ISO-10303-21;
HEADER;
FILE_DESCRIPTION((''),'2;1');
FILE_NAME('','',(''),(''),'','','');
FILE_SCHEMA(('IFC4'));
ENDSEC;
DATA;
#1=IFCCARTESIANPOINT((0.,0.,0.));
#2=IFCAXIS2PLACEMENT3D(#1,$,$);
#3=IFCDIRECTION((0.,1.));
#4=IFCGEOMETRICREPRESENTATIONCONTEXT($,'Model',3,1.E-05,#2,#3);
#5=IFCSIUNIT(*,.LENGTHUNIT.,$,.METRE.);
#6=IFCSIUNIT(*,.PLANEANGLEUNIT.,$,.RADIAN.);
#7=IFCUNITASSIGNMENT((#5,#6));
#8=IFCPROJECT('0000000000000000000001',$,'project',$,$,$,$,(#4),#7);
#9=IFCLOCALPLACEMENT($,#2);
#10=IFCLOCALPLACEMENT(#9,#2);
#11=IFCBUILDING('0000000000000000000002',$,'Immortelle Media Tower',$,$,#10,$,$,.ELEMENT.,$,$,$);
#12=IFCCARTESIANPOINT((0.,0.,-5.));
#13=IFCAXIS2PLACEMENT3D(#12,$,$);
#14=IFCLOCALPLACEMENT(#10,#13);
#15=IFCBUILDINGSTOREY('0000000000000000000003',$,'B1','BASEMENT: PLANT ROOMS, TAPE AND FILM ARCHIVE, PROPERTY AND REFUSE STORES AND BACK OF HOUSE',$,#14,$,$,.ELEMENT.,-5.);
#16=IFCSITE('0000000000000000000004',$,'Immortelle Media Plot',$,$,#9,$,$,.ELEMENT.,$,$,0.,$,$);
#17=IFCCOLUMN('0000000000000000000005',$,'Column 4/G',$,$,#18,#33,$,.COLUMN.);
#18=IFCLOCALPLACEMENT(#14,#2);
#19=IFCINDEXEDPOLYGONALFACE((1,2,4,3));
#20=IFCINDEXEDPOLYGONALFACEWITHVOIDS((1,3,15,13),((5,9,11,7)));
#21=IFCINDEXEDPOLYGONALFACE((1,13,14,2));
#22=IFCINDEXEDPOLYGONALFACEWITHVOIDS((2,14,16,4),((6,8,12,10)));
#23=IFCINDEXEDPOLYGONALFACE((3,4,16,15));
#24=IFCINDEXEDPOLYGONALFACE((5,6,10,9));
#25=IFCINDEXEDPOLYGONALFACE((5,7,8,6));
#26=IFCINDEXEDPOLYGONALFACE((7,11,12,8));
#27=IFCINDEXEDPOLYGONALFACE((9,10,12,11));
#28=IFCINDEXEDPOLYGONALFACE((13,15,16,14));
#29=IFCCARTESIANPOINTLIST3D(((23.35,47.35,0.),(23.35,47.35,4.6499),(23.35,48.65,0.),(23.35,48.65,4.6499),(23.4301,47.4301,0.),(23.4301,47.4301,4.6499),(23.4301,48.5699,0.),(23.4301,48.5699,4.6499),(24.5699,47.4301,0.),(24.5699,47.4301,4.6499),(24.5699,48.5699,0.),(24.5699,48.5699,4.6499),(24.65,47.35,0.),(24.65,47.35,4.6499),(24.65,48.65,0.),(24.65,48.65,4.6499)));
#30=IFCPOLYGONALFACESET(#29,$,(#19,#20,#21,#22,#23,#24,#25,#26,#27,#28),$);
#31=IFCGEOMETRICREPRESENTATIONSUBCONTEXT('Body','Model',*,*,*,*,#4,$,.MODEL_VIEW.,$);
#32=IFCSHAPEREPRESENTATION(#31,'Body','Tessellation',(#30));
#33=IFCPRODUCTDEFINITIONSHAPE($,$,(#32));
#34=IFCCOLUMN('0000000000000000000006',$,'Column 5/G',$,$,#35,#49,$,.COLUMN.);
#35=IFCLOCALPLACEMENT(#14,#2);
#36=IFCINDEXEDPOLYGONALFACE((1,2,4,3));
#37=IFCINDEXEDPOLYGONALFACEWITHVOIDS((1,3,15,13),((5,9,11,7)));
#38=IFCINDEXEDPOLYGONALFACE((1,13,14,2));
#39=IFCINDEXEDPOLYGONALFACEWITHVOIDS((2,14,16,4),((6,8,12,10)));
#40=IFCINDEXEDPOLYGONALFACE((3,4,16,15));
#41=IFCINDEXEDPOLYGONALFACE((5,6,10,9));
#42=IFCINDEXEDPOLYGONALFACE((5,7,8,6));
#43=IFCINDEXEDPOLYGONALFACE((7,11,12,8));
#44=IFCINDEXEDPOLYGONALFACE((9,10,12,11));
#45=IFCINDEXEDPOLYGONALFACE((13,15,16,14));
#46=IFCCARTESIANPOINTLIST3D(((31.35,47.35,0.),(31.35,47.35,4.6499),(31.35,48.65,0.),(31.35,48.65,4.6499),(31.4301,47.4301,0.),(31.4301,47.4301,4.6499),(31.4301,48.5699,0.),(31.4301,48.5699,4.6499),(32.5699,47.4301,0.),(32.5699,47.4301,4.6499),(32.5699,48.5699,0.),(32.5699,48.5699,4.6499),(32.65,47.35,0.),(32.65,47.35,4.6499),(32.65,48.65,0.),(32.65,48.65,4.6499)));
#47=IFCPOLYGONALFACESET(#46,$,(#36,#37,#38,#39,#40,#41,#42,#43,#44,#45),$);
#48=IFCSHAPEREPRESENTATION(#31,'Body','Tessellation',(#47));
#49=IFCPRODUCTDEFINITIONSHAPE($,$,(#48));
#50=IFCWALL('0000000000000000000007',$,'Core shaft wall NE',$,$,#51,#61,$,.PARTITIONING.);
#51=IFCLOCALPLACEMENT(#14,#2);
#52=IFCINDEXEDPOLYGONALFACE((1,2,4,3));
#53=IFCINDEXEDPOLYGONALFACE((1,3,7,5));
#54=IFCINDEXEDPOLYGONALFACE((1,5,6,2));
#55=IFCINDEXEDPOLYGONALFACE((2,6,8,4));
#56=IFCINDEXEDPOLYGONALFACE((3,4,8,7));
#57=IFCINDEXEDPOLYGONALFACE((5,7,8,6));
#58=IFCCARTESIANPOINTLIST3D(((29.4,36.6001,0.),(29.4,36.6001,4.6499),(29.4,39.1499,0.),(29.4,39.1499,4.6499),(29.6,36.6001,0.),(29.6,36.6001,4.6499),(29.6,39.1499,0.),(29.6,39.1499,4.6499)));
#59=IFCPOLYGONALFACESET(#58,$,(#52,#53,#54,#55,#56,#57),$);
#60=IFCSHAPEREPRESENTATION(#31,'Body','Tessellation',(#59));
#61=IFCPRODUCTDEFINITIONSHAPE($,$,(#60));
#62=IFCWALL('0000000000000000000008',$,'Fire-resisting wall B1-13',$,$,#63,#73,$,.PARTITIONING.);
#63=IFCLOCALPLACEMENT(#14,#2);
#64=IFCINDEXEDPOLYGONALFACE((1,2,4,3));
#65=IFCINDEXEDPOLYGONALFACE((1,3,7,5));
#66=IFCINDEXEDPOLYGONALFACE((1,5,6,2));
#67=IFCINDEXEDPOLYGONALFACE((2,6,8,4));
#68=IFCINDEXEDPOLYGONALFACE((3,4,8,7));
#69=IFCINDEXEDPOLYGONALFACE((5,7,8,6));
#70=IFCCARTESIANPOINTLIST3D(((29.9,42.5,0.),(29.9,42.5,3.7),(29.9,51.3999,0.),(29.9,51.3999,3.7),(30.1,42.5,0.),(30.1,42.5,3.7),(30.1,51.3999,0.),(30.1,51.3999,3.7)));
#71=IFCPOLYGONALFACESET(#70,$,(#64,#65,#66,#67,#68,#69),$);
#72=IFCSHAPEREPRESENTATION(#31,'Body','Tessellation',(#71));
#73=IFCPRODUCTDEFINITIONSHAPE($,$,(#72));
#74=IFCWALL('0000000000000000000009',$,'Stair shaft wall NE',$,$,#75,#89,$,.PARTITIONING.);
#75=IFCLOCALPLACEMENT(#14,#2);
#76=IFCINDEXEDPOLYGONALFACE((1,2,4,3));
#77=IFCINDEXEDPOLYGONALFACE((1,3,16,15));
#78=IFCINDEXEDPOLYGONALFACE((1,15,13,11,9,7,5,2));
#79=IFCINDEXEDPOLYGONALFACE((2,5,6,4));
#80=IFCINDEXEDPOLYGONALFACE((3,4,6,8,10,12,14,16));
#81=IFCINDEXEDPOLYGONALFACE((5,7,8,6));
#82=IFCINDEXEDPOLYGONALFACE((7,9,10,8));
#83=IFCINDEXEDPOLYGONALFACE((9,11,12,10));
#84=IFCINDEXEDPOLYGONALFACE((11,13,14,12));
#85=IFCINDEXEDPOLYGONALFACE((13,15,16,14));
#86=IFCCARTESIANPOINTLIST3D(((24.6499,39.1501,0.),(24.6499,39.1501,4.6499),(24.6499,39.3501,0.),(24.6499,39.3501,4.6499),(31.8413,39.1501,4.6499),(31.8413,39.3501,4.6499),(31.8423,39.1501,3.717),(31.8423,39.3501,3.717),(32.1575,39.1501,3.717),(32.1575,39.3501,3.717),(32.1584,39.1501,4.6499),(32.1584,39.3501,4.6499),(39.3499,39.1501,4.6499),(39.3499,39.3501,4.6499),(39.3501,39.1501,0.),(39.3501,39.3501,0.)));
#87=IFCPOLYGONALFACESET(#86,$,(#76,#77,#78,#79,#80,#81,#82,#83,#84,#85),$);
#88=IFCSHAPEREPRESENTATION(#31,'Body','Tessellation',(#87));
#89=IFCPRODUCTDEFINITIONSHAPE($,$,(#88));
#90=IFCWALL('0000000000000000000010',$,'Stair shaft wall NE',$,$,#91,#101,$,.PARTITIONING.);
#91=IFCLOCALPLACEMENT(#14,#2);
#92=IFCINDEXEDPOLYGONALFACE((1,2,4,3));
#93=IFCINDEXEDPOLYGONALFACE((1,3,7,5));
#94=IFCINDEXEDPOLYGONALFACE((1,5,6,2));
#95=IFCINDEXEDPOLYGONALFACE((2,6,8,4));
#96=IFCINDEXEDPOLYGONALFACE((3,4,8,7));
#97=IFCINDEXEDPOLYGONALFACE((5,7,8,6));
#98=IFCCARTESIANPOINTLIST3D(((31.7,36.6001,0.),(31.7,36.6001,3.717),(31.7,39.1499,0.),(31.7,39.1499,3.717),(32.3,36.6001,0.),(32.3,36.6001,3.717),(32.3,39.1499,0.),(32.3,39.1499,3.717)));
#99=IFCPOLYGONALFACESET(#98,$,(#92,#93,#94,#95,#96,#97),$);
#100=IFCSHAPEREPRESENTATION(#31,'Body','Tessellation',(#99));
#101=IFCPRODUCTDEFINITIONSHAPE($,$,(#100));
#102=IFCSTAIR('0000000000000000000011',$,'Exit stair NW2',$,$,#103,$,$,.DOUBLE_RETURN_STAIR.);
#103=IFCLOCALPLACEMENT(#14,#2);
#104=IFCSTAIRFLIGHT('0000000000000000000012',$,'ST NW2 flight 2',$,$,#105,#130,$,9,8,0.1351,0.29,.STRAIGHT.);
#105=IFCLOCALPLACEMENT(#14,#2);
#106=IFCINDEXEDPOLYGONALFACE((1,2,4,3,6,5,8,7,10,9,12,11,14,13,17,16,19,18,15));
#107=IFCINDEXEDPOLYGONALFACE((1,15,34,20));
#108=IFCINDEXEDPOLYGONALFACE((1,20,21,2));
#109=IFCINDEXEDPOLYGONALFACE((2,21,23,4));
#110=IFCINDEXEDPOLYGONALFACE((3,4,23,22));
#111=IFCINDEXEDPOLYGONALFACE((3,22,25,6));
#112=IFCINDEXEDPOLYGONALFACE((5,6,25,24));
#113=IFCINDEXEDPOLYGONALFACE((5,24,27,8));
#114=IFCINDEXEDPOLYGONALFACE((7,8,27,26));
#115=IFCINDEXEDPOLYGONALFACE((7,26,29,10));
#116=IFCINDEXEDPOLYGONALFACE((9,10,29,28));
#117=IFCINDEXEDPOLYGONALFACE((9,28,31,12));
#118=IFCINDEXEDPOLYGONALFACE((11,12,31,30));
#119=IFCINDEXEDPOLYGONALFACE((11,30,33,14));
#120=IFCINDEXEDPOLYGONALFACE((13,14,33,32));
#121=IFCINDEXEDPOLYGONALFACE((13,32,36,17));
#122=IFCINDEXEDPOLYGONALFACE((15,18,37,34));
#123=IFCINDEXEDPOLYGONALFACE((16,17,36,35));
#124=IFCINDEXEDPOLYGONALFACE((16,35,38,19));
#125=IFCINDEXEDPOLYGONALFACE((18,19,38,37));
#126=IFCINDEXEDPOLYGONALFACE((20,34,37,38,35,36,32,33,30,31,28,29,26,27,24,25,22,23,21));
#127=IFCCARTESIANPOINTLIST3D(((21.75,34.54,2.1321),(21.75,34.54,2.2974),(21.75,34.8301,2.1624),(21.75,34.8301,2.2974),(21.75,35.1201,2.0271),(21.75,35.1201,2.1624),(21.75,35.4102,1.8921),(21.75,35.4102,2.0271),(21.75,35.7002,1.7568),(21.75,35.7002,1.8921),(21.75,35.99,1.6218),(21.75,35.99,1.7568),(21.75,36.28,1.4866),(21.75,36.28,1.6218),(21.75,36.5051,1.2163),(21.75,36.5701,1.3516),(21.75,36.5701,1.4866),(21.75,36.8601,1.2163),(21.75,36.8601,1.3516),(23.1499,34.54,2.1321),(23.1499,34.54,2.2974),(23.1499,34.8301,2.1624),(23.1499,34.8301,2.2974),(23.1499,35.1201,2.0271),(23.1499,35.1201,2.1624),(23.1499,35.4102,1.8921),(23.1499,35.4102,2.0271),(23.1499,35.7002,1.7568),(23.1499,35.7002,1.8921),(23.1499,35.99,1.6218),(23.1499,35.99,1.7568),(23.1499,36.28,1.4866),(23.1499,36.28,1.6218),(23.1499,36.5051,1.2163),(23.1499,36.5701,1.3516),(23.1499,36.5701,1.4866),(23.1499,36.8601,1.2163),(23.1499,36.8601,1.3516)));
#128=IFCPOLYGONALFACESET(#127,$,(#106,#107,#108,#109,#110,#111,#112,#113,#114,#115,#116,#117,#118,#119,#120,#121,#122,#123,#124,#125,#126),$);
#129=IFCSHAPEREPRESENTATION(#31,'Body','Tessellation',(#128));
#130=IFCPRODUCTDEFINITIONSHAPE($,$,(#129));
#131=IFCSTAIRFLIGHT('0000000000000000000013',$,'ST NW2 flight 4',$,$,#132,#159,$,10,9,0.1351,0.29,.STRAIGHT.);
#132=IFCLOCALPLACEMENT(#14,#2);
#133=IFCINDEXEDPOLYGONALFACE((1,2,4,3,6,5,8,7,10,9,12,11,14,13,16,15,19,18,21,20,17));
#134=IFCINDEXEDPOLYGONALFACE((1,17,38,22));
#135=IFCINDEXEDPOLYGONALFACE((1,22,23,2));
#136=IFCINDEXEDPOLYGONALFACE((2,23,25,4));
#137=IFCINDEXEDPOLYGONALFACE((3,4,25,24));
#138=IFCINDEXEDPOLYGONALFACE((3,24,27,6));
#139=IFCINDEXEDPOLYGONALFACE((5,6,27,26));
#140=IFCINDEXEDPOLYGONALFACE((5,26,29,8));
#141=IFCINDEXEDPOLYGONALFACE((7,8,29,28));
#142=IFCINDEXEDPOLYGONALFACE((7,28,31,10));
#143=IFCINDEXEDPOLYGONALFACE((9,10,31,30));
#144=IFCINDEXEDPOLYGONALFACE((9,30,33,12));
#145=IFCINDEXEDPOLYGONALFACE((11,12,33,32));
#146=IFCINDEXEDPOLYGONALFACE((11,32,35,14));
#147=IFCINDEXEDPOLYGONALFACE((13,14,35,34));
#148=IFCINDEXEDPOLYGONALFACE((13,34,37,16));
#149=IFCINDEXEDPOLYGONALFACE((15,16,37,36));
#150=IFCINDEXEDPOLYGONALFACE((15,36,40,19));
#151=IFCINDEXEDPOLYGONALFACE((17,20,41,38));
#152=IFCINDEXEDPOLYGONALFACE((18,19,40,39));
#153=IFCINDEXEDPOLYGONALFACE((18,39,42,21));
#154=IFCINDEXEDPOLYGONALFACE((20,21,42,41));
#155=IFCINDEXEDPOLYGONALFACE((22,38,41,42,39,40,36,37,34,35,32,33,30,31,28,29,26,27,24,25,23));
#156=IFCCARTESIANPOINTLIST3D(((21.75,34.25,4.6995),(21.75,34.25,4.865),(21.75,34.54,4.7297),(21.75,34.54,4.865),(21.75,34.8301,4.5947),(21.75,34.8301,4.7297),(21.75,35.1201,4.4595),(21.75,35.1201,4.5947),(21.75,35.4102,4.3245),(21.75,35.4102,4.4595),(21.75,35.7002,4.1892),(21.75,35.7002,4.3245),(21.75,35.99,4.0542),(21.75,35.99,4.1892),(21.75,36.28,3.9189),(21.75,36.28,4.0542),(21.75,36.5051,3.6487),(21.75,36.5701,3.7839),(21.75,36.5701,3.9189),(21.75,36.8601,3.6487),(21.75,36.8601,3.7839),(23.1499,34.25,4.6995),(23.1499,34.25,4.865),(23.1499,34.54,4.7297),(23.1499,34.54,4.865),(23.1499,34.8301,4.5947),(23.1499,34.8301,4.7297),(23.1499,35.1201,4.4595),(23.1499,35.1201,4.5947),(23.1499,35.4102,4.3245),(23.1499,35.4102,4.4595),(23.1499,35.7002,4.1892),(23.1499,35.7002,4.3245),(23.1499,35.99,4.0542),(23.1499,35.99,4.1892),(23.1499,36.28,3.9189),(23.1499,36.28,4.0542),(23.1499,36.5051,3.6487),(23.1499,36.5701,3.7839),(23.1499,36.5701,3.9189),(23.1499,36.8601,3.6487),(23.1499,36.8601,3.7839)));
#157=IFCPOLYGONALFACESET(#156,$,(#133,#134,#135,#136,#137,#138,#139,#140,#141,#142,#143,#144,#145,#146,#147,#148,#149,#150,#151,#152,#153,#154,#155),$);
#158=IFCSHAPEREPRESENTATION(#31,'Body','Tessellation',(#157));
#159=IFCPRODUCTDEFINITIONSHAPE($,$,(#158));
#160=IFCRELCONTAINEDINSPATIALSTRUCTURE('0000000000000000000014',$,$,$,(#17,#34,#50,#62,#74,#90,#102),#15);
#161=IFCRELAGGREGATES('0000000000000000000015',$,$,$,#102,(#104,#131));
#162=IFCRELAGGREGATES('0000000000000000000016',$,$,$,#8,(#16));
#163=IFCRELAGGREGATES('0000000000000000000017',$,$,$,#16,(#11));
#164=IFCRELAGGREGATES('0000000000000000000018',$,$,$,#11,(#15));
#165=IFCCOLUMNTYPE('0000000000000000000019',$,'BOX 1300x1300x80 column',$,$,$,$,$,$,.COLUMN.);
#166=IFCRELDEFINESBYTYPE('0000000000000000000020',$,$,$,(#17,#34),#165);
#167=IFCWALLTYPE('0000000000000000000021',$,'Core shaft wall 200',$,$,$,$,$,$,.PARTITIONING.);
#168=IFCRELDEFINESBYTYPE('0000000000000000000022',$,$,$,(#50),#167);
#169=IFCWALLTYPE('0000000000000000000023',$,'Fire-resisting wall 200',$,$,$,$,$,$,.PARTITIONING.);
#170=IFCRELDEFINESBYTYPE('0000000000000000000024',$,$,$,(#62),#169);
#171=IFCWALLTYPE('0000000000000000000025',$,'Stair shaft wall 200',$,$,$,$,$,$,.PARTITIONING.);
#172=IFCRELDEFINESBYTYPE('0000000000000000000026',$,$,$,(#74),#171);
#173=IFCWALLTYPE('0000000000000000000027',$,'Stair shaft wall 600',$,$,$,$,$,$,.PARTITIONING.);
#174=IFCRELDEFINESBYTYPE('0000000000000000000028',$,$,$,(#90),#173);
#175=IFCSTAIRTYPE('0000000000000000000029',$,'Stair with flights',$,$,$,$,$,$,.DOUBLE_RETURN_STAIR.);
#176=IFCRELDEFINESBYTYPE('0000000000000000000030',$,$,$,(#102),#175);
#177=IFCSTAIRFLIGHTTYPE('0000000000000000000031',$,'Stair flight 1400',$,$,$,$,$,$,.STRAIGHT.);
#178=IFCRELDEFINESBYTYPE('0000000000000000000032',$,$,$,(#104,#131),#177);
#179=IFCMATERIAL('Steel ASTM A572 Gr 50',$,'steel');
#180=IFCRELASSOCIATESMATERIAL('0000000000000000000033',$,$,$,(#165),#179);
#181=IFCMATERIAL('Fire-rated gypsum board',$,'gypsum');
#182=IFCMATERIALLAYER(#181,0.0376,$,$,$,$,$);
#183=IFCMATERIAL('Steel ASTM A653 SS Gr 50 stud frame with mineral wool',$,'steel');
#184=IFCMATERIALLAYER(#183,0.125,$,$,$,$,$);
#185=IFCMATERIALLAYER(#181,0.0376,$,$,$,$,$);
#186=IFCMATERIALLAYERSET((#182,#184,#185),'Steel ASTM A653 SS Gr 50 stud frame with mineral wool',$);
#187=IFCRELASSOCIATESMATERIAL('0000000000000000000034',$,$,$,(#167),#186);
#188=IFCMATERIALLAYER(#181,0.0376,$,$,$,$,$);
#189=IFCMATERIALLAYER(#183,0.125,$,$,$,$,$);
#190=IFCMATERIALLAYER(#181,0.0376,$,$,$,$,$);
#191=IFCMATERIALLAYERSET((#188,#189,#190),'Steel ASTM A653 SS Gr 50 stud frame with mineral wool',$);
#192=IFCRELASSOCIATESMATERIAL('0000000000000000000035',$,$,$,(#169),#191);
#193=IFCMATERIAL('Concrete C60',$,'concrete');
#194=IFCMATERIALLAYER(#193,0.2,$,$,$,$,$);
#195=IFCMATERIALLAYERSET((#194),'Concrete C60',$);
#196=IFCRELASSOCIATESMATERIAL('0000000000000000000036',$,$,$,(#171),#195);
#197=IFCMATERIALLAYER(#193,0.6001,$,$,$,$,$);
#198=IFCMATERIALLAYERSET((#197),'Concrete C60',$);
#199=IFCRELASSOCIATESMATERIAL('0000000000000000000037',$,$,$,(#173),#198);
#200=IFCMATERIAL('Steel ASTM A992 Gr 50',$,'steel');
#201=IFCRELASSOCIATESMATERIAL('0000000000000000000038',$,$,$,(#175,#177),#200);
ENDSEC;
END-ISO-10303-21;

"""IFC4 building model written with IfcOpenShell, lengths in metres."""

from ifc_helpers import new_model, si_unit, direction, frame, frame_2d, origin, origin_2d, place, context, subcontext, project, spatial, polyline, rectangle, hollow_rectangle, outline, extrude, material, layer, layer_set, material_profile, profile_set, type_object, element, aggregate, save


model = new_model("IFC4")

# Units and contexts
model_context = context("Model", 3, precision=1e-05, world=origin(), true_north=direction((0.0, 1.0)))
body_context = subcontext(model_context, "Body", "Model", "MODEL_VIEW")
ifc_project = project(units=[si_unit("LENGTHUNIT", "METRE"), si_unit("PLANEANGLEUNIT", "RADIAN")], contexts=[model_context])

# Site, building, storey
site_placement = place(None, origin())
site = spatial("IfcSite", under=ifc_project, at=site_placement, Name="Immortelle Media Plot", CompositionType="ELEMENT", RefElevation=0.0)
building_placement = place(site_placement, origin())
building = spatial("IfcBuilding", under=site, at=building_placement, Name="Immortelle Media Tower", CompositionType="ELEMENT")
storey_placement = place(building_placement, frame((0.0, 0.0, -5.0)))
storey = spatial("IfcBuildingStorey", under=building, at=storey_placement, Name="B1", Description="BASEMENT: PLANT ROOMS, TAPE AND FILM ARCHIVE, PROPERTY AND REFUSE STORES AND BACK OF HOUSE", CompositionType="ELEMENT", Elevation=-5.0)

# Shared definitions
ifc_material_1 = material(Name="Concrete C60", Category="concrete")

# Columns
ifc_material_2 = material(Name="Steel ASTM A572 Gr 50", Category="steel")
ifc_material_profile_1 = material_profile(ifc_material_2, hollow_rectangle(XDim=1.3, YDim=1.3, WallThickness=0.0801, at=origin_2d()), Name="BOX 1300x1300x80 column")
ifc_profile_set_1 = profile_set([ifc_material_profile_1], Name="Steel ASTM A572 Gr 50")
column_type_1 = type_object("IfcColumnType", Name="BOX 1300x1300x80 column", PredefinedType="COLUMN", material=ifc_profile_set_1)
for number, where, z_axis, x_axis, name in (
    (1, (24.0, 48.0, 0.0), (0.0, 0.0, 1.0), (1.0, 0.0, 0.0), "Column 4/G"),
    (2, (32.0, 48.0, 0.0), (0.0, 0.0, 1.0), (1.0, 0.0, 0.0), "Column 5/G"),
):
    element("IfcColumn", number, at=place(storey_placement, frame(where, z_axis=z_axis, x_axis=x_axis)), inside=storey, type_object=column_type_1, Name=name, PredefinedType="COLUMN", context=body_context, shape_type="SweptSolid", body=[
        extrude(hollow_rectangle(XDim=1.3, YDim=1.3, WallThickness=0.0801, at=origin_2d()), origin(), (0.0, 0.0, 1.0), 4.6499),
    ])

# Walls
ifc_material_3 = material(Name="Fire-rated gypsum board", Category="gypsum")
ifc_layer_1 = layer(ifc_material_3, 0.0376)
ifc_material_4 = material(Name="Steel ASTM A653 SS Gr 50 stud frame with mineral wool", Category="steel")
ifc_layer_2 = layer(ifc_material_4, 0.125)
ifc_layer_3 = layer(ifc_material_3, 0.0376)
ifc_layer_set_1 = layer_set([ifc_layer_1, ifc_layer_2, ifc_layer_3], Name="Steel ASTM A653 SS Gr 50 stud frame with mineral wool")
wall_type_1 = type_object("IfcWallType", Name="Core shaft wall 200", PredefinedType="PARTITIONING", material=ifc_layer_set_1)
wall_1_placement = place(storey_placement, frame((29.5, 36.6001, 0.0), z_axis=(0.0, 0.0, 1.0), x_axis=(0.0, 1.0, 0.0)))
element("IfcWall", 3, at=wall_1_placement, inside=storey, type_object=wall_type_1, Name="Core shaft wall NE", PredefinedType="PARTITIONING", context=body_context, shape_type="SweptSolid", body=[
    extrude(rectangle(XDim=2.5498, YDim=0.2, at=frame_2d((1.2749, 0.0))), origin(), (0.0, 0.0, 1.0), 4.6499),
])
ifc_layer_4 = layer(ifc_material_3, 0.0376)
ifc_layer_5 = layer(ifc_material_4, 0.125)
ifc_layer_6 = layer(ifc_material_3, 0.0376)
ifc_layer_set_2 = layer_set([ifc_layer_4, ifc_layer_5, ifc_layer_6], Name="Steel ASTM A653 SS Gr 50 stud frame with mineral wool")
wall_type_2 = type_object("IfcWallType", Name="Fire-resisting wall 200", PredefinedType="PARTITIONING", material=ifc_layer_set_2)
wall_2_placement = place(storey_placement, frame((30.0, 42.5, 0.0), z_axis=(0.0, 0.0, 1.0), x_axis=(0.0, 1.0, 0.0)))
element("IfcWall", 4, at=wall_2_placement, inside=storey, type_object=wall_type_2, Name="Fire-resisting wall B1-13", PredefinedType="PARTITIONING", context=body_context, shape_type="SweptSolid", body=[
    extrude(rectangle(XDim=8.8999, YDim=0.2, at=frame_2d((4.45, 0.0))), origin(), (0.0, 0.0, 1.0), 3.7),
])
ifc_layer_7 = layer(ifc_material_1, 0.2)
ifc_layer_set_3 = layer_set([ifc_layer_7], Name="Concrete C60")
wall_type_3 = type_object("IfcWallType", Name="Stair shaft wall 200", PredefinedType="PARTITIONING", material=ifc_layer_set_3)
wall_3_placement = place(storey_placement, frame((24.6499, 39.25, 0.0), z_axis=(0.0, 0.0, 1.0), x_axis=(1.0, 0.0, 0.0)))
element("IfcWall", 5, at=wall_3_placement, inside=storey, type_object=wall_type_3, Name="Stair shaft wall NE", PredefinedType="PARTITIONING", context=body_context, shape_type="SweptSolid", body=[
    extrude(outline(polyline([(0.0, 0.0), (14.7002, 0.0), (14.7, 4.6499), (7.5085, 4.6499), (7.5076, 3.717), (7.1924, 3.717), (7.1914, 4.6499), (0.0, 4.6499), (0.0, 0.0)])), frame((0.0, 0.1001, 0.0), z_axis=(0.0, -1.0, 0.0), x_axis=(1.0, 0.0, 0.0)), (0.0, 0.0, 1.0), 0.2),
])
ifc_layer_8 = layer(ifc_material_1, 0.6001)
ifc_layer_set_4 = layer_set([ifc_layer_8], Name="Concrete C60")
wall_type_4 = type_object("IfcWallType", Name="Stair shaft wall 600", PredefinedType="PARTITIONING", material=ifc_layer_set_4)
wall_4_placement = place(storey_placement, frame((32.0, 36.6001, 0.0), z_axis=(0.0, 0.0, 1.0), x_axis=(0.0, 1.0, 0.0)))
element("IfcWall", 6, at=wall_4_placement, inside=storey, type_object=wall_type_4, Name="Stair shaft wall NE", PredefinedType="PARTITIONING", context=body_context, shape_type="SweptSolid", body=[
    extrude(rectangle(XDim=2.5498, YDim=0.6001, at=frame_2d((1.2749, 0.0))), origin(), (0.0, 0.0, 1.0), 3.717),
])

# Stair, stair flights
ifc_material_5 = material(Name="Steel ASTM A992 Gr 50", Category="steel")
stair_type = type_object("IfcStairType", Name="Stair with flights", PredefinedType="DOUBLE_RETURN_STAIR", material=ifc_material_5)
stair_placement = place(storey_placement, origin())
stair = element("IfcStair", 7, at=stair_placement, inside=storey, type_object=stair_type, Name="Exit stair NW2", PredefinedType="DOUBLE_RETURN_STAIR")
stair_flight_type = type_object("IfcStairFlightType", Name="Stair flight 1400", PredefinedType="STRAIGHT", material=ifc_material_5)
stair_flight_1_placement = place(storey_placement, frame((22.45, 36.8601, 1.2163), z_axis=(0.0, 0.0, 1.0), x_axis=(0.0, -1.0, 0.0)))
stair_flight_1 = element("IfcStairFlight", 8, at=stair_flight_1_placement, type_object=stair_flight_type, Name="ST NW2 flight 2", NumberOfRisers=9, NumberOfTreads=8, PredefinedType="STRAIGHT", RiserHeight=0.1351, TreadLength=0.29, context=body_context, shape_type="SweptSolid", body=[
    extrude(outline(polyline([(0.0, 0.0), (0.0, 0.1353), (0.29, 0.1353), (0.29, 0.2703), (0.5801, 0.2703), (0.5801, 0.4055), (0.8701, 0.4055), (0.8701, 0.5405), (1.1599, 0.5405), (1.1599, 0.6758), (1.45, 0.6758), (1.45, 0.8108), (1.74, 0.8108), (1.74, 0.946), (2.03, 0.946), (2.03, 1.0811), (2.3201, 1.0811), (2.3201, 1.2163), (2.3201, 0.9158), (0.355, 0.0), (0.0, 0.0)])), frame((0.0, 0.7, 0.0), z_axis=(0.0, -1.0, 0.0), x_axis=(1.0, 0.0, 0.0)), (0.0, 0.0, 1.0), 1.3999),
])
stair_flight_2_placement = place(storey_placement, frame((22.45, 36.8601, 3.6487), z_axis=(0.0, 0.0, 1.0), x_axis=(0.0, -1.0, 0.0)))
stair_flight_2 = element("IfcStairFlight", 9, at=stair_flight_2_placement, type_object=stair_flight_type, Name="ST NW2 flight 4", NumberOfRisers=10, NumberOfTreads=9, PredefinedType="STRAIGHT", RiserHeight=0.1351, TreadLength=0.29, context=body_context, shape_type="SweptSolid", body=[
    extrude(outline(polyline([(0.0, 0.0), (0.0, 0.1353), (0.29, 0.1353), (0.29, 0.2703), (0.5801, 0.2703), (0.5801, 0.4055), (0.8701, 0.4055), (0.8701, 0.5405), (1.1599, 0.5405), (1.1599, 0.6758), (1.45, 0.6758), (1.45, 0.8108), (1.74, 0.8108), (1.74, 0.946), (2.03, 0.946), (2.03, 1.0811), (2.3201, 1.0811), (2.3201, 1.2163), (2.6101, 1.2163), (2.6101, 1.3513), (2.6101, 1.0508), (0.355, 0.0), (0.0, 0.0)])), frame((0.0, 0.7, 0.0), z_axis=(0.0, -1.0, 0.0), x_axis=(1.0, 0.0, 0.0)), (0.0, 0.0, 1.0), 1.3999),
])
aggregate(stair, [stair_flight_1, stair_flight_2])

save(model, "model.ifc")
